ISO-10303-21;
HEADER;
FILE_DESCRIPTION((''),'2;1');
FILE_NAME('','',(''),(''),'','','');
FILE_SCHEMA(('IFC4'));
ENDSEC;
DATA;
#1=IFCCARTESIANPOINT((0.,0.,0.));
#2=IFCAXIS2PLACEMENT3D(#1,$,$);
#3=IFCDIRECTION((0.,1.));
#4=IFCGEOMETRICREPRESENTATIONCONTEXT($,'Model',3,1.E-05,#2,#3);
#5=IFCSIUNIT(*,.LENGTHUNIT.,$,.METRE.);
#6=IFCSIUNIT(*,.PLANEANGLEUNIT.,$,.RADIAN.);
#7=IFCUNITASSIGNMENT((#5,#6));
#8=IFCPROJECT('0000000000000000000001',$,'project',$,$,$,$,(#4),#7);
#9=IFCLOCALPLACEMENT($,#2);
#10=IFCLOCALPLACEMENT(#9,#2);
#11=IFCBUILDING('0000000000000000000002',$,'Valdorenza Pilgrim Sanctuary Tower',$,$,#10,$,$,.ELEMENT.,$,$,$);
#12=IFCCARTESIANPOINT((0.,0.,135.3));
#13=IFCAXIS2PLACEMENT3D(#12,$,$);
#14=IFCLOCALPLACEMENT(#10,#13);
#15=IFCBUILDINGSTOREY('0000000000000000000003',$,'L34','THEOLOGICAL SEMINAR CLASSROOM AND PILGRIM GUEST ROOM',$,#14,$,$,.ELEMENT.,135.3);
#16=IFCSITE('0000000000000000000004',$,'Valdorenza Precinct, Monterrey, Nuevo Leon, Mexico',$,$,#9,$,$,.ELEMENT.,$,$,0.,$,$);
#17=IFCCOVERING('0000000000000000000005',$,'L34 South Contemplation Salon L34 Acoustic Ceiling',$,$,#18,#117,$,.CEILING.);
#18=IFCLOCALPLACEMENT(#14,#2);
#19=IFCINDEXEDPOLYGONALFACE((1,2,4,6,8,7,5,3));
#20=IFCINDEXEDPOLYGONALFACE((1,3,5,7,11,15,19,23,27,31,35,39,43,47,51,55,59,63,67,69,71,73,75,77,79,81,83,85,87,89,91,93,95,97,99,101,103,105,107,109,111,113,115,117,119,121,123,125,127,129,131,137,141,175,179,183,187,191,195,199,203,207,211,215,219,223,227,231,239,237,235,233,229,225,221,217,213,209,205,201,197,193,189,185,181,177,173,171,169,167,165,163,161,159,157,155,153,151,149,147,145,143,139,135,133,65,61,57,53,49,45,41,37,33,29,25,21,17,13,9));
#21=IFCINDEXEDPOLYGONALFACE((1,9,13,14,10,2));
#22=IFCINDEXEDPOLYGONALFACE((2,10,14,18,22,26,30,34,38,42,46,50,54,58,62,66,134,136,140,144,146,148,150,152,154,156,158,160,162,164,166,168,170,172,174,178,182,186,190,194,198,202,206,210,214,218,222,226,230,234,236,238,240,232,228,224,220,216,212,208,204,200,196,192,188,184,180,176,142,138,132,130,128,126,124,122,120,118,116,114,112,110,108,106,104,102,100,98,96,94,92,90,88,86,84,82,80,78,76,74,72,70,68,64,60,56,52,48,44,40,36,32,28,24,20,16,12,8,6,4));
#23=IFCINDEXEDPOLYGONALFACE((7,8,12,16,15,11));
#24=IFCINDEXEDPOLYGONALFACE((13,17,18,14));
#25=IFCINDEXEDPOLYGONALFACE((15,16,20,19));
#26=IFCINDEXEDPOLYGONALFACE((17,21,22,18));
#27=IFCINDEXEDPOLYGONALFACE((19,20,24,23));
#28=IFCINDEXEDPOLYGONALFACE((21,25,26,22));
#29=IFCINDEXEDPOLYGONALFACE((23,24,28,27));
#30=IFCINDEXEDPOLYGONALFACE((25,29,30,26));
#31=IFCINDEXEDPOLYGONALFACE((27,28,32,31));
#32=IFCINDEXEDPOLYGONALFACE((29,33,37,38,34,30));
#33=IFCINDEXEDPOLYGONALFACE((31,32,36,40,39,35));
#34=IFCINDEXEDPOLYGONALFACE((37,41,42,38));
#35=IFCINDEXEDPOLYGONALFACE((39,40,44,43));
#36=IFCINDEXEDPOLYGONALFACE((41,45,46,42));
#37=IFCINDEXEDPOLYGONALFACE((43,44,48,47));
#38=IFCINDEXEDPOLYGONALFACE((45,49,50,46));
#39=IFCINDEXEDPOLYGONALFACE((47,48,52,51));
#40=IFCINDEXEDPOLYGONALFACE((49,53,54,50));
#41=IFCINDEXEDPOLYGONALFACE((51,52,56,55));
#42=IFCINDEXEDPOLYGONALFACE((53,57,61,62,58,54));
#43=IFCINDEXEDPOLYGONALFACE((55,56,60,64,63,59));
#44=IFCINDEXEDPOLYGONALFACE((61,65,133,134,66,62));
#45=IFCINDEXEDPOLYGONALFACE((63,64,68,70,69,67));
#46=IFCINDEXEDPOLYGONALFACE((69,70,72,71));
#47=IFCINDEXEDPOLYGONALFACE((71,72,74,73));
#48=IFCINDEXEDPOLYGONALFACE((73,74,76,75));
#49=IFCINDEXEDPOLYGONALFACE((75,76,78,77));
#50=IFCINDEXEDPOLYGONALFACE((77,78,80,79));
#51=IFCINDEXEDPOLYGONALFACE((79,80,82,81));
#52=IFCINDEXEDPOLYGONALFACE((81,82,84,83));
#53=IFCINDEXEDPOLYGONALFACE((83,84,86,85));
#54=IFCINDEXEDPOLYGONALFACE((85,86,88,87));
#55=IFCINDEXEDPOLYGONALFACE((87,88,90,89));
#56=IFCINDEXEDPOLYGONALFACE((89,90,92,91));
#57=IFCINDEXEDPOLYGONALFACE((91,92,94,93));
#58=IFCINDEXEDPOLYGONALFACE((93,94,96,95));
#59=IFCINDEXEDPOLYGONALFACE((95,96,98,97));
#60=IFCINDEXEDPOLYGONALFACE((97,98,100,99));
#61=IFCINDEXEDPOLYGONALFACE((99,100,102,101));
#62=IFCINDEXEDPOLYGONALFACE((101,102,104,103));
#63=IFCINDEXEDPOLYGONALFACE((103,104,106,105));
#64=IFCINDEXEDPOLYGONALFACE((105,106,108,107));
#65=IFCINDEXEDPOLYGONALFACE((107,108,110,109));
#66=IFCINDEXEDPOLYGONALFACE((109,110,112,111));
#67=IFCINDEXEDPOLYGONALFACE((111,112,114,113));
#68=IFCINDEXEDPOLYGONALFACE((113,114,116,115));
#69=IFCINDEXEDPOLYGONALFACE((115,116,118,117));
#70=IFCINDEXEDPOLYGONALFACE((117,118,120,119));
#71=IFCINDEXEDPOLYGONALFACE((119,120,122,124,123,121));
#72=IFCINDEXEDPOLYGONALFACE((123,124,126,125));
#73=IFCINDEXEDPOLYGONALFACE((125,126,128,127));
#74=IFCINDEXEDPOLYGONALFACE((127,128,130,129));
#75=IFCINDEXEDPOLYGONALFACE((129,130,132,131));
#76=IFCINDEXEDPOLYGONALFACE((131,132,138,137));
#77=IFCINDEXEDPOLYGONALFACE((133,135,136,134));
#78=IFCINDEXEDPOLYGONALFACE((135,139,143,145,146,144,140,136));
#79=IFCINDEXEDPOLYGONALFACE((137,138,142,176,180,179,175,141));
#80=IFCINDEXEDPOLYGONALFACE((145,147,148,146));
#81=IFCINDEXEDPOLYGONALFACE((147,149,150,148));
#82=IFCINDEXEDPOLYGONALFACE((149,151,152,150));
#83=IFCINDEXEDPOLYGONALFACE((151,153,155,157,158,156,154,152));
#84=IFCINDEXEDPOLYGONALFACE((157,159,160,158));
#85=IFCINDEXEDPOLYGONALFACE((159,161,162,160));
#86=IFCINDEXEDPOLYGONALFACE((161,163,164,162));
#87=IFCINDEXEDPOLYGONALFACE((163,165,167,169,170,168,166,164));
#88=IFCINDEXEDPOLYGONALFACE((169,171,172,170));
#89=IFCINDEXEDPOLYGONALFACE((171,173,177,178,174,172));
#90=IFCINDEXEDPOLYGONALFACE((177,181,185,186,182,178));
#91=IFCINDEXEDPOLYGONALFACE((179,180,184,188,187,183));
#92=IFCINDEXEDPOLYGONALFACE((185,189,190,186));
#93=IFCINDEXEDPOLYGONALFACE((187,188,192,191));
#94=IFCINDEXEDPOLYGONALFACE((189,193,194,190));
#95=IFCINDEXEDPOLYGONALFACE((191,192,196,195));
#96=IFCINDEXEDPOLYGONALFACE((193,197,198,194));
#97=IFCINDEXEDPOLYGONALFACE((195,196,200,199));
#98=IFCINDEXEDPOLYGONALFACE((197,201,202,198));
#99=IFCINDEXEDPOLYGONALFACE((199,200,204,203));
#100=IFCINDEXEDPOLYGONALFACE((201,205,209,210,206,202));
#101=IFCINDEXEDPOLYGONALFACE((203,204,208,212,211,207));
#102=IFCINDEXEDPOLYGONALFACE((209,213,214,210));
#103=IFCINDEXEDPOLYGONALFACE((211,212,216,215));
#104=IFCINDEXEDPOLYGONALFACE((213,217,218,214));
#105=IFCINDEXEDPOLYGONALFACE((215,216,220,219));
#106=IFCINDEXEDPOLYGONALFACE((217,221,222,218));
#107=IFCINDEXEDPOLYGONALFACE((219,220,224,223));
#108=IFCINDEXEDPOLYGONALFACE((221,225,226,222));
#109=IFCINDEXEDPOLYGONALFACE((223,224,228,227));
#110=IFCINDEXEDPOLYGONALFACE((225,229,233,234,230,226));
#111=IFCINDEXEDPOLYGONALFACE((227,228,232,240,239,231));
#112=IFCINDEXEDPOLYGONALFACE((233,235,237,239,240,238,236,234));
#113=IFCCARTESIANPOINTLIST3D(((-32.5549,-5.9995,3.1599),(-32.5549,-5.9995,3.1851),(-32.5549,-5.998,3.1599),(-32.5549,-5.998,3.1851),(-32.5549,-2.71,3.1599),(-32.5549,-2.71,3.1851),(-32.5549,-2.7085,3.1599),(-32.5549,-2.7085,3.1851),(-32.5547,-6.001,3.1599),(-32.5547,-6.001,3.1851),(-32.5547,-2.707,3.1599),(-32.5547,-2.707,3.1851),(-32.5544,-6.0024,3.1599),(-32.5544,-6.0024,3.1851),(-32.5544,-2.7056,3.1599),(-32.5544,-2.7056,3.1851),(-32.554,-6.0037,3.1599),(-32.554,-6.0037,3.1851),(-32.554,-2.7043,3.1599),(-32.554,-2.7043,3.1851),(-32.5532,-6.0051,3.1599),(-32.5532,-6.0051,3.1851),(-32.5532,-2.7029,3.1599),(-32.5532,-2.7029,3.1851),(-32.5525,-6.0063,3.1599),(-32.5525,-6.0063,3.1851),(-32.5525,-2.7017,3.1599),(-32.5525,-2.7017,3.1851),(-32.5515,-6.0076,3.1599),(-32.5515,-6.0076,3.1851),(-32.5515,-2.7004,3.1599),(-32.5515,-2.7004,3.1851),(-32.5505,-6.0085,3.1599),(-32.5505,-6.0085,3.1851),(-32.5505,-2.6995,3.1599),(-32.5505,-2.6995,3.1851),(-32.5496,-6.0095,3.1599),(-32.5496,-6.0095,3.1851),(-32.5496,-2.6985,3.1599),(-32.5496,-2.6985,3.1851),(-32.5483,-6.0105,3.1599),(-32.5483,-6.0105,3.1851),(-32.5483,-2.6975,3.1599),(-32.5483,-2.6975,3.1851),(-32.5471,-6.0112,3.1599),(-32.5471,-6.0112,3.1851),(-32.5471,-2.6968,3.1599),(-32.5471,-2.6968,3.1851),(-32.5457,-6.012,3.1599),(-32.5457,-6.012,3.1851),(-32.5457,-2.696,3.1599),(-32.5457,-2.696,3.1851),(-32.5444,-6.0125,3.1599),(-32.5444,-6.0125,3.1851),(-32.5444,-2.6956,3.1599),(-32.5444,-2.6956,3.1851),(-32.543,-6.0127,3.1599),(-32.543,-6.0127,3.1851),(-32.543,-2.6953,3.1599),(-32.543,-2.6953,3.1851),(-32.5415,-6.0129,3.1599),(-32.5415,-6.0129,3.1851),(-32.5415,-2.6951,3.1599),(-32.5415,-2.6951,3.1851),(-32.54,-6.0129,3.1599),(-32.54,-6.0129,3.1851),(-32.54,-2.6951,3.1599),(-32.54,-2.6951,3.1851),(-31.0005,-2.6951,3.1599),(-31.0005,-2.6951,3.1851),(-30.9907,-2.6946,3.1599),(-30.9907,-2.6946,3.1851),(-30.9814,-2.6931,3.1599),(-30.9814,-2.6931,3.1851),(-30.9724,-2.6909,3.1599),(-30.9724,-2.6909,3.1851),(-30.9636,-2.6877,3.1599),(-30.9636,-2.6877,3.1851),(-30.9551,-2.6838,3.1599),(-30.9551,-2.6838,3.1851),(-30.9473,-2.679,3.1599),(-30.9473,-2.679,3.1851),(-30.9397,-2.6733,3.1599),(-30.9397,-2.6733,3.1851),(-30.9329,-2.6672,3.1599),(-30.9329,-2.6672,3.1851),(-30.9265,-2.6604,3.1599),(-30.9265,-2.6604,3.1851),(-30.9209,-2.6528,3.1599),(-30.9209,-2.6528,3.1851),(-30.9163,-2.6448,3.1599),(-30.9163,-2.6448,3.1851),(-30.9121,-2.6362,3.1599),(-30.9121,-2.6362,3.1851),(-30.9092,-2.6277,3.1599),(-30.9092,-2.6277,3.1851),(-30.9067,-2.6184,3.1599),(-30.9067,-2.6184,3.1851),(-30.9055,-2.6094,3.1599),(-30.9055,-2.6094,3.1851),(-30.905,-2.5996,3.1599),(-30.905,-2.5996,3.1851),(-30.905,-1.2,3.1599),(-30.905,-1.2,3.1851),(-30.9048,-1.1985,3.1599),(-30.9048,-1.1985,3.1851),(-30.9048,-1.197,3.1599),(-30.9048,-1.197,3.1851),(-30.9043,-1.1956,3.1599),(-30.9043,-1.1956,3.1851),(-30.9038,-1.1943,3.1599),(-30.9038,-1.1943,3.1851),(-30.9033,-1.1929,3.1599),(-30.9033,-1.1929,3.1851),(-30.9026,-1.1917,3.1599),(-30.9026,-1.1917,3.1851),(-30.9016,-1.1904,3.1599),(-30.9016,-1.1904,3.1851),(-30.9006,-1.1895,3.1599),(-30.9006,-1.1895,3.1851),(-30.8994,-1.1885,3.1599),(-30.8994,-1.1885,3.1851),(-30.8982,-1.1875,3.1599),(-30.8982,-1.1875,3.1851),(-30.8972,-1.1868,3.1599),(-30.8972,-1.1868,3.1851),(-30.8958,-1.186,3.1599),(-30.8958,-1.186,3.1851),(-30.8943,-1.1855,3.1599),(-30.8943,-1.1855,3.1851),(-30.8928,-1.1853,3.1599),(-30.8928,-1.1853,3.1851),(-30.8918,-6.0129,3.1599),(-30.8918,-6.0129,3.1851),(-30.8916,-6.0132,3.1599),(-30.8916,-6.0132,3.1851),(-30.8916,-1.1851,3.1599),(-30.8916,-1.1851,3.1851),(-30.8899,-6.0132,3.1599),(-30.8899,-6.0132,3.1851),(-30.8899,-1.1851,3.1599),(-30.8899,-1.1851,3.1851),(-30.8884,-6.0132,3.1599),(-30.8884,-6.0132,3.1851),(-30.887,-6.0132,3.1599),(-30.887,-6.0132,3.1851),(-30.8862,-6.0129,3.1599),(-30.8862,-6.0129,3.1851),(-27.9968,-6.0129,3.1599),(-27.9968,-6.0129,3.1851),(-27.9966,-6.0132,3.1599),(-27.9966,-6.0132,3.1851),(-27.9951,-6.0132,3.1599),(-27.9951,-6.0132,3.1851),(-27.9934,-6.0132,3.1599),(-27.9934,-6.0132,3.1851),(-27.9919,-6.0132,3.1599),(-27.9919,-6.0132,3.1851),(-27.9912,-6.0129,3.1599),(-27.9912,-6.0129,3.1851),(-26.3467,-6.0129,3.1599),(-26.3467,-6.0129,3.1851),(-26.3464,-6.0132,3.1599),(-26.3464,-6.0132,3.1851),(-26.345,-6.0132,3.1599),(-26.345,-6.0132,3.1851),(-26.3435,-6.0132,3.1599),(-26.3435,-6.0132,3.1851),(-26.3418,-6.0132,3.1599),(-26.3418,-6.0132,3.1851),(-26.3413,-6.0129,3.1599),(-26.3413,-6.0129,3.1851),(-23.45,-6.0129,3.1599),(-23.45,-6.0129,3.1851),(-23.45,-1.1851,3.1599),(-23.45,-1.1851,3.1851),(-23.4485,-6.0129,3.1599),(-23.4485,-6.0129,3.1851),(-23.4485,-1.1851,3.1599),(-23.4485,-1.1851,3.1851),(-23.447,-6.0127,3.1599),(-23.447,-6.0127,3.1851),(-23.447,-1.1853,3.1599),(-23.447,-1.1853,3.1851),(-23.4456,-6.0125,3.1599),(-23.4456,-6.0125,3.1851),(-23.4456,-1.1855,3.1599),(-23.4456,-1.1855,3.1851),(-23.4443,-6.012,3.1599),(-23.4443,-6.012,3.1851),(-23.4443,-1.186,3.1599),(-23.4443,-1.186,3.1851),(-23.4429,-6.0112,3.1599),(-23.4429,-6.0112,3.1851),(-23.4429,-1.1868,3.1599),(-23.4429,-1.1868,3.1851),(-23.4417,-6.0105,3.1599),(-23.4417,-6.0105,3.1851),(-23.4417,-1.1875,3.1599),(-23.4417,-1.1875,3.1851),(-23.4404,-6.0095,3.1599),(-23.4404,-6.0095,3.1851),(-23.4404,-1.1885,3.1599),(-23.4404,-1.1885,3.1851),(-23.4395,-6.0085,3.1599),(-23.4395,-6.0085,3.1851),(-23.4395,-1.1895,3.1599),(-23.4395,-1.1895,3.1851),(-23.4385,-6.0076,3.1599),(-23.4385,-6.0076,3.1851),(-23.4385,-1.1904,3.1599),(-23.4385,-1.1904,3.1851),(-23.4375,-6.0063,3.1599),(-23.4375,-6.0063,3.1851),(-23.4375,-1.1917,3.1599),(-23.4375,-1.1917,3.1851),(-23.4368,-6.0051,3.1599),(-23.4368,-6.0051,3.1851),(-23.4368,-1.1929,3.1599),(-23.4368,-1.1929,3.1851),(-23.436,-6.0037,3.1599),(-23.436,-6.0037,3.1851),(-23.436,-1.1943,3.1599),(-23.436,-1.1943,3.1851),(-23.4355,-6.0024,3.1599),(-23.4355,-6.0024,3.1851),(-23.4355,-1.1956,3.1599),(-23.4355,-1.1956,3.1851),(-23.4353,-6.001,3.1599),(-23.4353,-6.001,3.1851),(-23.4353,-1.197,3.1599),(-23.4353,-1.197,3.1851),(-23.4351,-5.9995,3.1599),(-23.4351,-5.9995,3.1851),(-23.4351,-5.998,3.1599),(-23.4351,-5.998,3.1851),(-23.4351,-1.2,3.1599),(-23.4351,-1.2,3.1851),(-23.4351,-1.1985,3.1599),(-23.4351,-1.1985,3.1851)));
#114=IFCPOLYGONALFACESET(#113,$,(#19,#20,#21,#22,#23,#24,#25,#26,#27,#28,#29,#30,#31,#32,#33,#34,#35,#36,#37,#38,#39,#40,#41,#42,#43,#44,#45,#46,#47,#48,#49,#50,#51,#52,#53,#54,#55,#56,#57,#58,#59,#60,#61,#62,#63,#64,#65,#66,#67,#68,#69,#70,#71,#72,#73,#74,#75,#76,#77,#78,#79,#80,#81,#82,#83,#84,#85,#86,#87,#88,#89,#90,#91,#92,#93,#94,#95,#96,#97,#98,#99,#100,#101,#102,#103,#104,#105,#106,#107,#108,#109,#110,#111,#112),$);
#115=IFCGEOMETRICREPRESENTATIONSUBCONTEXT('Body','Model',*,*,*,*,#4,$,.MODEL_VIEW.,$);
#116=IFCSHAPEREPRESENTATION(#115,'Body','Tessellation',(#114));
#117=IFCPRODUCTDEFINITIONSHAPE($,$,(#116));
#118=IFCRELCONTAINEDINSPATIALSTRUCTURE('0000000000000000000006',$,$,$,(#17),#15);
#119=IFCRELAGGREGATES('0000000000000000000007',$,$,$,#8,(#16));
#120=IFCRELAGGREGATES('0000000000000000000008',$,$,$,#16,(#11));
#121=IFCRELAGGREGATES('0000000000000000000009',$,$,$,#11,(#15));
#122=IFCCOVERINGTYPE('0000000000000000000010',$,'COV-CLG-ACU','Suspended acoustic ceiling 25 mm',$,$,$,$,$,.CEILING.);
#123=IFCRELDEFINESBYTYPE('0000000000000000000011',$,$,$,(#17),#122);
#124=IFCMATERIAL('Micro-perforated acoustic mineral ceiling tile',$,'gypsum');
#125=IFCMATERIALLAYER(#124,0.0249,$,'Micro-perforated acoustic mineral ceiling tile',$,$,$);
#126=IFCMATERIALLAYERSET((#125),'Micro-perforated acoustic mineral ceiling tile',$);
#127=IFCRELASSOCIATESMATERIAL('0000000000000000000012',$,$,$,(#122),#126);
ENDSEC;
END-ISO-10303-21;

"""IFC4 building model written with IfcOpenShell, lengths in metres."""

from ifc_helpers import new_model, si_unit, direction, frame, origin, place, context, subcontext, project, spatial, polyline, outline, extrude, material, layer, layer_set, type_object, element, save


model = new_model("IFC4")

# Units and contexts
model_context = context("Model", 3, precision=1e-05, world=origin(), true_north=direction((0.0, 1.0)))
body_context = subcontext(model_context, "Body", "Model", "MODEL_VIEW")
ifc_project = project(units=[si_unit("LENGTHUNIT", "METRE"), si_unit("PLANEANGLEUNIT", "RADIAN")], contexts=[model_context])

# Site, building, storey
site_placement = place(None, origin())
site = spatial("IfcSite", under=ifc_project, at=site_placement, Name="Valdorenza Precinct, Monterrey, Nuevo Leon, Mexico", CompositionType="ELEMENT", RefElevation=0.0)
building_placement = place(site_placement, origin())
building = spatial("IfcBuilding", under=site, at=building_placement, Name="Valdorenza Pilgrim Sanctuary Tower", CompositionType="ELEMENT")
storey_placement = place(building_placement, frame((0.0, 0.0, 135.3)))
storey = spatial("IfcBuildingStorey", under=building, at=storey_placement, Name="L34", Description="THEOLOGICAL SEMINAR CLASSROOM AND PILGRIM GUEST ROOM", CompositionType="ELEMENT", Elevation=135.3)

# Covering
ifc_material_1 = material(Name="Micro-perforated acoustic mineral ceiling tile", Category="gypsum")
ifc_layer_1 = layer(ifc_material_1, 0.0249, Name="Micro-perforated acoustic mineral ceiling tile")
ifc_layer_set_1 = layer_set([ifc_layer_1], Name="Micro-perforated acoustic mineral ceiling tile")
covering_type_1 = type_object("IfcCoveringType", Name="COV-CLG-ACU", Description="Suspended acoustic ceiling 25 mm", PredefinedType="CEILING", material=ifc_layer_set_1)
covering_1_placement = place(storey_placement, frame((0.0, 0.0, 3.1599)))
element("IfcCovering", 1, at=covering_1_placement, inside=storey, type_object=covering_type_1, Name="L34 South Contemplation Salon L34 Acoustic Ceiling", PredefinedType="CEILING", context=body_context, shape_type="SweptSolid", body=[
    extrude(outline(polyline([(-30.8918, -6.0129), (-32.54, -6.0129), (-32.5415, -6.0129), (-32.543, -6.0127), (-32.5444, -6.0125), (-32.5457, -6.012), (-32.5471, -6.0112), (-32.5483, -6.0105), (-32.5496, -6.0095), (-32.5505, -6.0085), (-32.5515, -6.0076), (-32.5525, -6.0063), (-32.5532, -6.0051), (-32.554, -6.0037), (-32.5544, -6.0024), (-32.5547, -6.001), (-32.5549, -5.9995), (-32.5549, -5.998), (-32.5549, -2.71), (-32.5549, -2.7085), (-32.5547, -2.707), (-32.5544, -2.7056), (-32.554, -2.7043), (-32.5532, -2.7029), (-32.5525, -2.7017), (-32.5515, -2.7004), (-32.5505, -2.6995), (-32.5496, -2.6985), (-32.5483, -2.6975), (-32.5471, -2.6968), (-32.5457, -2.696), (-32.5444, -2.6956), (-32.543, -2.6953), (-32.5415, -2.6951), (-32.54, -2.6951), (-31.0005, -2.6951), (-30.9907, -2.6946), (-30.9814, -2.6931), (-30.9724, -2.6909), (-30.9636, -2.6877), (-30.9551, -2.6838), (-30.9473, -2.679), (-30.9397, -2.6733), (-30.9329, -2.6672), (-30.9265, -2.6604), (-30.9209, -2.6528), (-30.9163, -2.6448), (-30.9121, -2.6362), (-30.9092, -2.6277), (-30.9067, -2.6184), (-30.9055, -2.6094), (-30.905, -2.5996), (-30.905, -1.2), (-30.9048, -1.1985), (-30.9048, -1.197), (-30.9043, -1.1956), (-30.9038, -1.1943), (-30.9033, -1.1929), (-30.9026, -1.1917), (-30.9016, -1.1904), (-30.9006, -1.1895), (-30.8994, -1.1885), (-30.8982, -1.1875), (-30.8972, -1.1868), (-30.8958, -1.186), (-30.8943, -1.1855), (-30.8928, -1.1853), (-30.8916, -1.1851), (-30.8899, -1.1851), (-23.45, -1.1851), (-23.4485, -1.1851), (-23.447, -1.1853), (-23.4456, -1.1855), (-23.4443, -1.186), (-23.4429, -1.1868), (-23.4417, -1.1875), (-23.4404, -1.1885), (-23.4395, -1.1895), (-23.4385, -1.1904), (-23.4375, -1.1917), (-23.4368, -1.1929), (-23.436, -1.1943), (-23.4355, -1.1956), (-23.4353, -1.197), (-23.4351, -1.1985), (-23.4351, -1.2), (-23.4351, -5.998), (-23.4351, -5.9995), (-23.4353, -6.001), (-23.4355, -6.0024), (-23.436, -6.0037), (-23.4368, -6.0051), (-23.4375, -6.0063), (-23.4385, -6.0076), (-23.4395, -6.0085), (-23.4404, -6.0095), (-23.4417, -6.0105), (-23.4429, -6.0112), (-23.4443, -6.012), (-23.4456, -6.0125), (-23.447, -6.0127), (-23.4485, -6.0129), (-23.45, -6.0129), (-26.3413, -6.0129), (-26.3418, -6.0132), (-26.3435, -6.0132), (-26.345, -6.0132), (-26.3464, -6.0132), (-26.3467, -6.0129), (-27.9912, -6.0129), (-27.9919, -6.0132), (-27.9934, -6.0132), (-27.9951, -6.0132), (-27.9966, -6.0132), (-27.9968, -6.0129), (-30.8862, -6.0129), (-30.887, -6.0132), (-30.8884, -6.0132), (-30.8899, -6.0132), (-30.8916, -6.0132), (-30.8918, -6.0129)])), origin(), (0.0, 0.0, 1.0), 0.0251),
])

save(model, "model.ifc")
